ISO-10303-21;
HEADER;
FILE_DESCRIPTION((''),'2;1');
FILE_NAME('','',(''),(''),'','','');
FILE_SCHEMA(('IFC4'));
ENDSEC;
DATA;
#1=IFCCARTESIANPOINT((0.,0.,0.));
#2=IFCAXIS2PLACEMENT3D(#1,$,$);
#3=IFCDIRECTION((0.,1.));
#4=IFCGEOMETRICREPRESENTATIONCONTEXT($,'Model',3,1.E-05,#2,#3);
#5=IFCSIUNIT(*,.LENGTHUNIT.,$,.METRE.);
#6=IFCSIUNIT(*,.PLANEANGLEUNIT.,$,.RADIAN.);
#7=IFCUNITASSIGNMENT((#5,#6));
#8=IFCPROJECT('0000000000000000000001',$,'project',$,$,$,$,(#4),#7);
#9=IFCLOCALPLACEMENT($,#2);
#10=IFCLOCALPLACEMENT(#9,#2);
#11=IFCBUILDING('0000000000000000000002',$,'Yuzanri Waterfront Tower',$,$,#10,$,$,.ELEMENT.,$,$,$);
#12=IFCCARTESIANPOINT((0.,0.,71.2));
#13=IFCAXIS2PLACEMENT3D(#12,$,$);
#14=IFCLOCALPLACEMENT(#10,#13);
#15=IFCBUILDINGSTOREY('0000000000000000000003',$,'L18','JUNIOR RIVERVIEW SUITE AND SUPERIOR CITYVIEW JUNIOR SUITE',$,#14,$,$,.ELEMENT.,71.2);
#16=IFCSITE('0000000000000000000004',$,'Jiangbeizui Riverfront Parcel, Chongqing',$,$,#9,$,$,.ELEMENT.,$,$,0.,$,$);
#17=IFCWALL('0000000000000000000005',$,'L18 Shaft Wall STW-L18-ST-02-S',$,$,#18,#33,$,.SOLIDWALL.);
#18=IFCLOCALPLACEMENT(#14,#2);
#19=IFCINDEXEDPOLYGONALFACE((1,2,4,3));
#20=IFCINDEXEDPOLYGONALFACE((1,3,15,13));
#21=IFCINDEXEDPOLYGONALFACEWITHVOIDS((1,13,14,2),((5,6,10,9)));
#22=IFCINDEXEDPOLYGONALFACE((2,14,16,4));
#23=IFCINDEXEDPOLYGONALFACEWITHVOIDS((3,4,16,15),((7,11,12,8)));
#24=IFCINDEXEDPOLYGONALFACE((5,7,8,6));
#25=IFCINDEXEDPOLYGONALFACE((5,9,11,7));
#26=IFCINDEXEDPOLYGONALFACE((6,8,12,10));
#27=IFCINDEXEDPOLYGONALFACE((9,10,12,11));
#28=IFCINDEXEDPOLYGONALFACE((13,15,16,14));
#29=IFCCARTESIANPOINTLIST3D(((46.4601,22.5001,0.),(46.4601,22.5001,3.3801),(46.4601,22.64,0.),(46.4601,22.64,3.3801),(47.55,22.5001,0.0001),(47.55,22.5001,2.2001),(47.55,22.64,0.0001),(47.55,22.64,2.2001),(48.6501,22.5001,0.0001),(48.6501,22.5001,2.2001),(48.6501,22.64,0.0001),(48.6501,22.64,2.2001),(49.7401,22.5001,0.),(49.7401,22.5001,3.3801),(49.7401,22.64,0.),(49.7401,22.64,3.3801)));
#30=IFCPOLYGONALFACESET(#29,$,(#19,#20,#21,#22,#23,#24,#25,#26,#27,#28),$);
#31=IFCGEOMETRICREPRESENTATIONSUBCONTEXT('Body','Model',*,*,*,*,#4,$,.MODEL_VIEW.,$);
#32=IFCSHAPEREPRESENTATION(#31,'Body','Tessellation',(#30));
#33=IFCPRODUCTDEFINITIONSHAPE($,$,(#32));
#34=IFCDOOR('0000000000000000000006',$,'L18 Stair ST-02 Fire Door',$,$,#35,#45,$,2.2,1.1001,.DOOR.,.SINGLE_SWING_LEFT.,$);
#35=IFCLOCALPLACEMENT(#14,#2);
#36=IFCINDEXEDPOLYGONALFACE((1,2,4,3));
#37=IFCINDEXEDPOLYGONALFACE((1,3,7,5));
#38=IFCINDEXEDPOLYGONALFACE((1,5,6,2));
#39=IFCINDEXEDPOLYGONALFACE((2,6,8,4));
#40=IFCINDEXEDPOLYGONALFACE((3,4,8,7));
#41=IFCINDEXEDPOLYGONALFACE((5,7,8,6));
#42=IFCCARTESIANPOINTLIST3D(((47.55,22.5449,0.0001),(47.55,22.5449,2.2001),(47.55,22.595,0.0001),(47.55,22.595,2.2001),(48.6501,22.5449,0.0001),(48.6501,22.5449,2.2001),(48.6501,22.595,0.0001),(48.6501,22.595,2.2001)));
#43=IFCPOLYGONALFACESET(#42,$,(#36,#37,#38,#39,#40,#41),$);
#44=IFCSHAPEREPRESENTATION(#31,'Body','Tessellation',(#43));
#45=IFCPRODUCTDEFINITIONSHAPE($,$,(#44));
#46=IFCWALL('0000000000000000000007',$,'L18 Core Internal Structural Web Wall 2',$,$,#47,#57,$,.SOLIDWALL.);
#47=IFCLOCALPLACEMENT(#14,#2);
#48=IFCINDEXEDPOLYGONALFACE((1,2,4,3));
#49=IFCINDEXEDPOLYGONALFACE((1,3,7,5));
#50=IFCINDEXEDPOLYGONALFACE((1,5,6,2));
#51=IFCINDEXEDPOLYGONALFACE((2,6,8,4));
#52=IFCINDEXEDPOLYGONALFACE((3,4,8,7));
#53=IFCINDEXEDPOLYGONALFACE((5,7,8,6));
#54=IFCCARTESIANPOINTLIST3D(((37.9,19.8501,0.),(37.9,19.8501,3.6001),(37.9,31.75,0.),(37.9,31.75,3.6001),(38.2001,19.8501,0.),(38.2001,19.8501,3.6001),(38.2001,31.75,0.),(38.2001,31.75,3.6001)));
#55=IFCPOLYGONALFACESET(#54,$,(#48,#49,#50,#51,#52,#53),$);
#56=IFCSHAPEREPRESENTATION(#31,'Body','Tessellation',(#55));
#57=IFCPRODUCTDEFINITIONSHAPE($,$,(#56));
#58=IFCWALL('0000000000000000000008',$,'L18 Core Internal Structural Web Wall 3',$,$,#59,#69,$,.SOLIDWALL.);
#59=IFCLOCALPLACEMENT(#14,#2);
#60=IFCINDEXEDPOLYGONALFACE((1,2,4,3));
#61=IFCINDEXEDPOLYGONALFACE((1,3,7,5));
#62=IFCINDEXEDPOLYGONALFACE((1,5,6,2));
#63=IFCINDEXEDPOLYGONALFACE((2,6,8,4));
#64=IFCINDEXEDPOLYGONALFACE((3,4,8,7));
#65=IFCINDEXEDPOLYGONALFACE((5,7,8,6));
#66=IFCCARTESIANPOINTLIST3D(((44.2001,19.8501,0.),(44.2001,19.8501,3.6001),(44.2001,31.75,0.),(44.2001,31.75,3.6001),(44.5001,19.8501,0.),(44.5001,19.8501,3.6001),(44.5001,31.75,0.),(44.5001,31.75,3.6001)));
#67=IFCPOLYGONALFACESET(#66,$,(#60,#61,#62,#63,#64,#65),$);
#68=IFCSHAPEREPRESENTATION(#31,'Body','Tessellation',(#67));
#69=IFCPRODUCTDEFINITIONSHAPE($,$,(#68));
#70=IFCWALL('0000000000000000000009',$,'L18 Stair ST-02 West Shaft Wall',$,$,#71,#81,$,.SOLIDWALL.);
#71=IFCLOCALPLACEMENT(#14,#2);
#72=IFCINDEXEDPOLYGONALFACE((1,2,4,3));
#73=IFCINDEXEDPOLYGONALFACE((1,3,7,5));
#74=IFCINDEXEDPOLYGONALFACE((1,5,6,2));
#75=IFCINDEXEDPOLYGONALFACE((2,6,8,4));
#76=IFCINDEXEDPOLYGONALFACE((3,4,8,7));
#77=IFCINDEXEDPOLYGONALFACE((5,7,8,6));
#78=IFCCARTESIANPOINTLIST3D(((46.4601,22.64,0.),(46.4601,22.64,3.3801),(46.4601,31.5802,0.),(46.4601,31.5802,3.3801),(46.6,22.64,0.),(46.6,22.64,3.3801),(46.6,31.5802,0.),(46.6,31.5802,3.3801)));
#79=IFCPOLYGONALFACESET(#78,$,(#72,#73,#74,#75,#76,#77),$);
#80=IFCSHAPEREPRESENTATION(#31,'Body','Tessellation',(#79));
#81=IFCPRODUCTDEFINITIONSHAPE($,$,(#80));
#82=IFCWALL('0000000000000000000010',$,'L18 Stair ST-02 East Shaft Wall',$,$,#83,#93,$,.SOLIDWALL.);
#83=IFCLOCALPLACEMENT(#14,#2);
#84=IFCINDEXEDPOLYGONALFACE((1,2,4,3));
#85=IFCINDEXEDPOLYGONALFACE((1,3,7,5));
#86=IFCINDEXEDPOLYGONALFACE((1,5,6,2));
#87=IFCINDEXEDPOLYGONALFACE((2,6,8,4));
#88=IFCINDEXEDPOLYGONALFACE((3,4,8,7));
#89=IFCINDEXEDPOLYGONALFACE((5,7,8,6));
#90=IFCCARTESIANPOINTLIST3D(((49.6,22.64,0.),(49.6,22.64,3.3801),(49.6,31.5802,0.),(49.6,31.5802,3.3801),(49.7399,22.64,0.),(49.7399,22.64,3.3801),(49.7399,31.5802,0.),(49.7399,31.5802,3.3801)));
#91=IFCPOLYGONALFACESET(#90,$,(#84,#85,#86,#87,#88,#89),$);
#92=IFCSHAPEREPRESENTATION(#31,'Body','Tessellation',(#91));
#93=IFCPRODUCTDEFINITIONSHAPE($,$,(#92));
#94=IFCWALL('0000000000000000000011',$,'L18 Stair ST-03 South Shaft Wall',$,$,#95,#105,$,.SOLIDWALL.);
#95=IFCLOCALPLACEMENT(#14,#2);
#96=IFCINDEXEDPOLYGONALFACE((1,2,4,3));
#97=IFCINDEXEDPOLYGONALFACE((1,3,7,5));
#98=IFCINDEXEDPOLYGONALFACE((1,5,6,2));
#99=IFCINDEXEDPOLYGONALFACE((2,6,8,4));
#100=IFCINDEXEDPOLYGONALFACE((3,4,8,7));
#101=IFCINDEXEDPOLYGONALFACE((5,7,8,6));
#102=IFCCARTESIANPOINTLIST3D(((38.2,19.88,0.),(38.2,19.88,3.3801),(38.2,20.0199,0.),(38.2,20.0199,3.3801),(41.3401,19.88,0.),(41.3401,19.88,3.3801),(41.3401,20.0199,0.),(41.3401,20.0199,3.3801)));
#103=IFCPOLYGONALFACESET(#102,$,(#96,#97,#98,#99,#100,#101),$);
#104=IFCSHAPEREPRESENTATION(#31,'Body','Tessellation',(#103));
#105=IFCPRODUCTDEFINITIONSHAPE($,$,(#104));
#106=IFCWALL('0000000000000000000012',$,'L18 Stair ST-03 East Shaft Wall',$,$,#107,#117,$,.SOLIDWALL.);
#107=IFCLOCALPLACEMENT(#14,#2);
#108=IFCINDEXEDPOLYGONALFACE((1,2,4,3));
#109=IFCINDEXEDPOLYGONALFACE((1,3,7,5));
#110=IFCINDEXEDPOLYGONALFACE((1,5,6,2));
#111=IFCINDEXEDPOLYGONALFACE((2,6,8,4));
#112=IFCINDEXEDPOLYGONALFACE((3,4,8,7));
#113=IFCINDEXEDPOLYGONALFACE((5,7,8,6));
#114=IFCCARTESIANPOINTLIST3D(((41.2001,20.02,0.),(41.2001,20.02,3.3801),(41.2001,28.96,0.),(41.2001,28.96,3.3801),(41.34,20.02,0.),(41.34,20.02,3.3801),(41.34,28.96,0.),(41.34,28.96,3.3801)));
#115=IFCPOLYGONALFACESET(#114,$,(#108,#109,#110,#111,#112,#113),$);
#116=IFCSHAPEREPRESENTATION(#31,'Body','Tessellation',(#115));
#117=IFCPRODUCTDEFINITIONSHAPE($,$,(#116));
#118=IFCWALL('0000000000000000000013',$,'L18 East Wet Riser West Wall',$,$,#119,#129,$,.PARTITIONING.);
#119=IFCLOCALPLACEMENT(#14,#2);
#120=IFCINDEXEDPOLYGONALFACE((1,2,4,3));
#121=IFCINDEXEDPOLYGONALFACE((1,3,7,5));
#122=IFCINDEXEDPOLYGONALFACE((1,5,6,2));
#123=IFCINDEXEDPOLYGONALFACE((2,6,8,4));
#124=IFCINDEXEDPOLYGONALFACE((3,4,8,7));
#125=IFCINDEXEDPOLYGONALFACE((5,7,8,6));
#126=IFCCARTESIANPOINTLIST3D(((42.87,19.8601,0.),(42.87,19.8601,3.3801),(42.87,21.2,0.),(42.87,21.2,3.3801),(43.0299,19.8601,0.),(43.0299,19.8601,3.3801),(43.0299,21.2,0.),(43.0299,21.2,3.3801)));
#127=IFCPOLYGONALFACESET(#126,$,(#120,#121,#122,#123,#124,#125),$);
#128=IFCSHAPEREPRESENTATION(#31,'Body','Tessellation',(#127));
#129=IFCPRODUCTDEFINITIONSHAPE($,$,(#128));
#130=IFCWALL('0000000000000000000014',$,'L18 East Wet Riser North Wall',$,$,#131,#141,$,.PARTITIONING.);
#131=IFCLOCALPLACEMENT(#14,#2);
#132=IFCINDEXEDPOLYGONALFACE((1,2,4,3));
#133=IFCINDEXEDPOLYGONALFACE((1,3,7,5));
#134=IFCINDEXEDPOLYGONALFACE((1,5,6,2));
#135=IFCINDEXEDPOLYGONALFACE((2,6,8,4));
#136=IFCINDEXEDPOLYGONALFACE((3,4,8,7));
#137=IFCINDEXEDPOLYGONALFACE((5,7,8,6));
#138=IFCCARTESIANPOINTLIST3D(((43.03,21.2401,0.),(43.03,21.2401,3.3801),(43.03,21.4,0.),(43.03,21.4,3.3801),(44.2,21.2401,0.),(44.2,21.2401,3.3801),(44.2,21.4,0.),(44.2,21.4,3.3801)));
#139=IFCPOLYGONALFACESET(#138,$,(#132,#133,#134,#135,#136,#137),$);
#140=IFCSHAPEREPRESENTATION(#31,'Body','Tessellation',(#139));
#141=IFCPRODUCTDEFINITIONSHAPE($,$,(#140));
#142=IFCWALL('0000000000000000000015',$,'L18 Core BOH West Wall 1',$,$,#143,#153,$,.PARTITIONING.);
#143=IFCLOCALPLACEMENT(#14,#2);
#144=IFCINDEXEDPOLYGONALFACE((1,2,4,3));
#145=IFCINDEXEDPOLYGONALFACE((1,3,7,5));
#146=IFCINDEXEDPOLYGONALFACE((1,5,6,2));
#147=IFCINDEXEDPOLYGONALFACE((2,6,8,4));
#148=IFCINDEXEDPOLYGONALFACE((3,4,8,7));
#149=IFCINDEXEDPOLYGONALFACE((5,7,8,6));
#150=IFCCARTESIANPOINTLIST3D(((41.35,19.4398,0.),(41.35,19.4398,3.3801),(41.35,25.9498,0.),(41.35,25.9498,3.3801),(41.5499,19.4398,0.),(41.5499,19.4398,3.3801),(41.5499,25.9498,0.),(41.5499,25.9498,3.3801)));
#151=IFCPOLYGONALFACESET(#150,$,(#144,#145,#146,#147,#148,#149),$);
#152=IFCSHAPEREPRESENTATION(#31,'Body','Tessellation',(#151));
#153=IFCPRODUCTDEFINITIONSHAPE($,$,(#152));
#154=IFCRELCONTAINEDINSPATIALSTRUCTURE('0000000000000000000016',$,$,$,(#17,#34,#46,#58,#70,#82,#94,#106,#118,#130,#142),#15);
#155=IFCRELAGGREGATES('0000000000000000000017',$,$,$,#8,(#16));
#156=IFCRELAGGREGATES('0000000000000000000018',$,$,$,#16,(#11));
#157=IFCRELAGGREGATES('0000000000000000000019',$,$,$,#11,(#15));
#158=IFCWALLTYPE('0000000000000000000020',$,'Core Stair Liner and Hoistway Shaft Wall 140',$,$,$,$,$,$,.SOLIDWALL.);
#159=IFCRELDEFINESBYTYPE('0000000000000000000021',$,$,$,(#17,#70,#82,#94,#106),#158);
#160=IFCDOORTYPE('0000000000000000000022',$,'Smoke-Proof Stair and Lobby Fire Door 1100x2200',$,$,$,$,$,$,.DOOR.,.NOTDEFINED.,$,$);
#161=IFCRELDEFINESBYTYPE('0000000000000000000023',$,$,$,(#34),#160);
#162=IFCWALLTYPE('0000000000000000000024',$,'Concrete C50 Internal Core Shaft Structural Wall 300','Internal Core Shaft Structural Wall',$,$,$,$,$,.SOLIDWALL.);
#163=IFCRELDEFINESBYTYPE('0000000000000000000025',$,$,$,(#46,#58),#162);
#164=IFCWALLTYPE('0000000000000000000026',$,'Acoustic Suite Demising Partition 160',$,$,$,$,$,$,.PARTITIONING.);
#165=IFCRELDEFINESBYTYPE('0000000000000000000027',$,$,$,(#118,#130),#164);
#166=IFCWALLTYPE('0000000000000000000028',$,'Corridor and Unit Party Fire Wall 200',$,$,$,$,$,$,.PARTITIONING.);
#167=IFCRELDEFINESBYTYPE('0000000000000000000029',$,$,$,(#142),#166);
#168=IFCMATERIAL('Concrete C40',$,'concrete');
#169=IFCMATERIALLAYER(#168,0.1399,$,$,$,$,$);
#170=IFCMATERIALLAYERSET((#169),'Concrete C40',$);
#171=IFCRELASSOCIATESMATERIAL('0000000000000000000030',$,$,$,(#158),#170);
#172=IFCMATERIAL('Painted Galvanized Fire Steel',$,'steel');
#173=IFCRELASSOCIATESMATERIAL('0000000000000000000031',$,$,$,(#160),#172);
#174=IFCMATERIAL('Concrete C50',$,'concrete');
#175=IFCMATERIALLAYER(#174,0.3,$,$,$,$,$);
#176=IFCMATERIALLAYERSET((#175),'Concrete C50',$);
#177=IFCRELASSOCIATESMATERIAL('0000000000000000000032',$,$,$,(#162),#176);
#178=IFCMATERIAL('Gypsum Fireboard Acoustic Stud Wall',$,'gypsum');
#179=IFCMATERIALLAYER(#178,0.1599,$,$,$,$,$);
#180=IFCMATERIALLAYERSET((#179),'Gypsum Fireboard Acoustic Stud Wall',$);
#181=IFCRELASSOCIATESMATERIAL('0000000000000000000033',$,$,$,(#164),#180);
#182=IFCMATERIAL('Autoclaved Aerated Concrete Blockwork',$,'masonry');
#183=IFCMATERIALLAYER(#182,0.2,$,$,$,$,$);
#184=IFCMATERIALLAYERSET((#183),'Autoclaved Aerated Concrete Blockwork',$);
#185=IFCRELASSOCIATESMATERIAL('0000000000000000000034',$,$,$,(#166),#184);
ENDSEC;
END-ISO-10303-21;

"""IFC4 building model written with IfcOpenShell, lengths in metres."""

from ifc_helpers import new_model, si_unit, direction, frame, frame_2d, origin, place, context, subcontext, project, spatial, rectangle, extrude, source, transform, mapped, material, layer, layer_set, type_object, element, fill, save


model = new_model("IFC4")

# Units and contexts
model_context = context("Model", 3, precision=1e-05, world=origin(), true_north=direction((0.0, 1.0)))
body_context = subcontext(model_context, "Body", "Model", "MODEL_VIEW")
ifc_project = project(units=[si_unit("LENGTHUNIT", "METRE"), si_unit("PLANEANGLEUNIT", "RADIAN")], contexts=[model_context])

# Site, building, storey
site_placement = place(None, origin())
site = spatial("IfcSite", under=ifc_project, at=site_placement, Name="Jiangbeizui Riverfront Parcel, Chongqing", CompositionType="ELEMENT", RefElevation=0.0)
building_placement = place(site_placement, origin())
building = spatial("IfcBuilding", under=site, at=building_placement, Name="Yuzanri Waterfront Tower", CompositionType="ELEMENT")
storey_placement = place(building_placement, frame((0.0, 0.0, 71.2)))
storey = spatial("IfcBuildingStorey", under=building, at=storey_placement, Name="L18", Description="JUNIOR RIVERVIEW SUITE AND SUPERIOR CITYVIEW JUNIOR SUITE", CompositionType="ELEMENT", Elevation=71.2)

# Wall, opening, door
ifc_material_1 = material(Name="Concrete C40", Category="concrete")
ifc_layer_1 = layer(ifc_material_1, 0.1399)
ifc_layer_set_1 = layer_set([ifc_layer_1], Name="Concrete C40")
wall_type_1 = type_object("IfcWallType", Name="Core Stair Liner and Hoistway Shaft Wall 140", PredefinedType="SOLIDWALL", material=ifc_layer_set_1)
wall_1_placement = place(storey_placement, frame((46.46, 22.5701, 0.0), z_axis=(0.0, 0.0, 1.0), x_axis=(1.0, 0.0, 0.0)))
wall_1 = element("IfcWall", 1, at=wall_1_placement, inside=storey, type_object=wall_type_1, Name="L18 Shaft Wall STW-L18-ST-02-S", PredefinedType="SOLIDWALL", context=body_context, shape_type="SweptSolid", body=[
    extrude(rectangle(XDim=3.28, YDim=0.1399, at=frame_2d((1.6401, 0.0))), origin(), (0.0, 0.0, 1.0), 3.3801),
])
opening_1_placement = place(wall_1_placement, frame((1.0901, 0.0, 0.0)))
opening_1 = element("IfcOpeningElement", 2, at=opening_1_placement, cuts=wall_1, PredefinedType="OPENING", context=body_context, shape_type="SweptSolid", body=[
    extrude(rectangle(XDim=1.1001, YDim=2.2, at=frame_2d((0.55, 1.1001))), frame((0.0, 0.085, 0.0), z_axis=(0.0, -1.0, 0.0), x_axis=(1.0, 0.0, 0.0)), (0.0, 0.0, 1.0), 0.1697),
])
ifc_material_2 = material(Name="Painted Galvanized Fire Steel", Category="steel")
door_type_1 = type_object("IfcDoorType", Name="Smoke-Proof Stair and Lobby Fire Door 1100x2200", OperationType="NOTDEFINED", PredefinedType="DOOR", material=ifc_material_2)
shared_shape_1 = source(origin(), body_context, "Body", "SweptSolid", [
    extrude(rectangle(XDim=1.1001, YDim=2.2, at=frame_2d((0.55, 1.1001))), frame((0.0, 0.0249, 0.0), z_axis=(0.0, -1.0, 0.0), x_axis=(1.0, 0.0, 0.0)), (0.0, 0.0, 1.0), 0.05),
])
door_1_placement = place(opening_1_placement, origin())
door_1 = element("IfcDoor", 3, at=door_1_placement, inside=storey, type_object=door_type_1, Name="L18 Stair ST-02 Fire Door", OperationType="SINGLE_SWING_LEFT", OverallHeight=2.2, OverallWidth=1.1001, PredefinedType="DOOR", context=body_context, shape_type="MappedRepresentation", body=[
    mapped(shared_shape_1, transform((0.0, 0.0, 0.0), scale=1.0)),
])
fill(opening_1, door_1)

# Walls
ifc_material_3 = material(Name="Concrete C50", Category="concrete")
ifc_layer_2 = layer(ifc_material_3, 0.3)
ifc_layer_set_2 = layer_set([ifc_layer_2], Name="Concrete C50")
wall_type_2 = type_object("IfcWallType", Name="Concrete C50 Internal Core Shaft Structural Wall 300", Description="Internal Core Shaft Structural Wall", PredefinedType="SOLIDWALL", material=ifc_layer_set_2)
shared_shape_2 = source(origin(), body_context, "Body", "SweptSolid", [
    extrude(rectangle(XDim=11.8999, YDim=0.3, at=frame_2d((5.95, 0.0))), origin(), (0.0, 0.0, 1.0), 3.6001),
])
for number, where, z_axis, x_axis, name in (
    (4, (38.05, 19.8501, 0.0), (0.0, 0.0, 1.0), (0.0, 1.0, 0.0), "L18 Core Internal Structural Web Wall 2"),
    (5, (44.3501, 19.8501, 0.0), (0.0, 0.0, 1.0), (0.0, 1.0, 0.0), "L18 Core Internal Structural Web Wall 3"),
):
    element("IfcWall", number, at=place(storey_placement, frame(where, z_axis=z_axis, x_axis=x_axis)), inside=storey, type_object=wall_type_2, Name=name, PredefinedType="SOLIDWALL", context=body_context, shape_type="MappedRepresentation", body=[
        mapped(shared_shape_2, transform((0.0, 0.0, 0.0), scale=1.0)),
    ])
shared_shape_3 = source(origin(), body_context, "Body", "SweptSolid", [
    extrude(rectangle(XDim=8.9402, YDim=0.1399, at=frame_2d((4.4702, 0.0))), origin(), (0.0, 0.0, 1.0), 3.3801),
])
for number, where, z_axis, x_axis, name in (
    (6, (46.53, 22.6399, 0.0), (0.0, 0.0, 1.0), (0.0, 1.0, 0.0), "L18 Stair ST-02 West Shaft Wall"),
    (7, (49.6699, 22.6399, 0.0), (0.0, 0.0, 1.0), (0.0, 1.0, 0.0), "L18 Stair ST-02 East Shaft Wall"),
):
    element("IfcWall", number, at=place(storey_placement, frame(where, z_axis=z_axis, x_axis=x_axis)), inside=storey, type_object=wall_type_1, Name=name, PredefinedType="SOLIDWALL", context=body_context, shape_type="MappedRepresentation", body=[
        mapped(shared_shape_3, transform((0.0, 0.0, 0.0), scale=1.0)),
    ])
shared_shape_4 = source(origin(), body_context, "Body", "SweptSolid", [
    extrude(rectangle(XDim=3.1401, YDim=0.1399, at=frame_2d((1.5701, 0.0))), origin(), (0.0, 0.0, 1.0), 3.3801),
])
wall_2_placement = place(storey_placement, frame((38.2, 19.95, 0.0), z_axis=(0.0, 0.0, 1.0), x_axis=(1.0, 0.0, 0.0)))
element("IfcWall", 8, at=wall_2_placement, inside=storey, type_object=wall_type_1, Name="L18 Stair ST-03 South Shaft Wall", PredefinedType="SOLIDWALL", context=body_context, shape_type="MappedRepresentation", body=[
    mapped(shared_shape_4, transform((0.0, 0.0, 0.0), scale=1.0)),
])
shared_shape_5 = source(origin(), body_context, "Body", "SweptSolid", [
    extrude(rectangle(XDim=8.9399, YDim=0.1399, at=frame_2d((4.47, 0.0))), origin(), (0.0, 0.0, 1.0), 3.3801),
])
wall_3_placement = place(storey_placement, frame((41.27, 20.02, 0.0), z_axis=(0.0, 0.0, 1.0), x_axis=(0.0, 1.0, 0.0)))
element("IfcWall", 9, at=wall_3_placement, inside=storey, type_object=wall_type_1, Name="L18 Stair ST-03 East Shaft Wall", PredefinedType="SOLIDWALL", context=body_context, shape_type="MappedRepresentation", body=[
    mapped(shared_shape_5, transform((0.0, 0.0, 0.0), scale=1.0)),
])
ifc_material_4 = material(Name="Gypsum Fireboard Acoustic Stud Wall", Category="gypsum")
ifc_layer_3 = layer(ifc_material_4, 0.1599)
ifc_layer_set_3 = layer_set([ifc_layer_3], Name="Gypsum Fireboard Acoustic Stud Wall")
wall_type_3 = type_object("IfcWallType", Name="Acoustic Suite Demising Partition 160", PredefinedType="PARTITIONING", material=ifc_layer_set_3)
shared_shape_6 = source(origin(), body_context, "Body", "SweptSolid", [
    extrude(rectangle(XDim=1.3398, YDim=0.1599, at=frame_2d((0.6699, 0.0))), origin(), (0.0, 0.0, 1.0), 3.3801),
])
wall_4_placement = place(storey_placement, frame((42.95, 19.8601, 0.0), z_axis=(0.0, 0.0, 1.0), x_axis=(0.0, 1.0, 0.0)))
element("IfcWall", 10, at=wall_4_placement, inside=storey, type_object=wall_type_3, Name="L18 East Wet Riser West Wall", PredefinedType="PARTITIONING", context=body_context, shape_type="MappedRepresentation", body=[
    mapped(shared_shape_6, transform((0.0, 0.0, 0.0), scale=1.0)),
])
shared_shape_7 = source(origin(), body_context, "Body", "SweptSolid", [
    extrude(rectangle(XDim=1.1699, YDim=0.1599, at=frame_2d((0.585, 0.0))), origin(), (0.0, 0.0, 1.0), 3.3801),
])
wall_5_placement = place(storey_placement, frame((43.03, 21.3201, 0.0), z_axis=(0.0, 0.0, 1.0), x_axis=(1.0, 0.0, 0.0)))
element("IfcWall", 11, at=wall_5_placement, inside=storey, type_object=wall_type_3, Name="L18 East Wet Riser North Wall", PredefinedType="PARTITIONING", context=body_context, shape_type="MappedRepresentation", body=[
    mapped(shared_shape_7, transform((0.0, 0.0, 0.0), scale=1.0)),
])
ifc_material_5 = material(Name="Autoclaved Aerated Concrete Blockwork", Category="masonry")
ifc_layer_4 = layer(ifc_material_5, 0.2)
ifc_layer_set_4 = layer_set([ifc_layer_4], Name="Autoclaved Aerated Concrete Blockwork")
wall_type_4 = type_object("IfcWallType", Name="Corridor and Unit Party Fire Wall 200", PredefinedType="PARTITIONING", material=ifc_layer_set_4)
shared_shape_8 = source(origin(), body_context, "Body", "SweptSolid", [
    extrude(rectangle(XDim=6.51, YDim=0.2, at=frame_2d((3.2549, 0.0))), origin(), (0.0, 0.0, 1.0), 3.3801),
])
wall_6_placement = place(storey_placement, frame((41.45, 19.4399, 0.0), z_axis=(0.0, 0.0, 1.0), x_axis=(0.0, 1.0, 0.0)))
element("IfcWall", 12, at=wall_6_placement, inside=storey, type_object=wall_type_4, Name="L18 Core BOH West Wall 1", PredefinedType="PARTITIONING", context=body_context, shape_type="MappedRepresentation", body=[
    mapped(shared_shape_8, transform((0.0, 0.0, 0.0), scale=1.0)),
])

save(model, "model.ifc")
